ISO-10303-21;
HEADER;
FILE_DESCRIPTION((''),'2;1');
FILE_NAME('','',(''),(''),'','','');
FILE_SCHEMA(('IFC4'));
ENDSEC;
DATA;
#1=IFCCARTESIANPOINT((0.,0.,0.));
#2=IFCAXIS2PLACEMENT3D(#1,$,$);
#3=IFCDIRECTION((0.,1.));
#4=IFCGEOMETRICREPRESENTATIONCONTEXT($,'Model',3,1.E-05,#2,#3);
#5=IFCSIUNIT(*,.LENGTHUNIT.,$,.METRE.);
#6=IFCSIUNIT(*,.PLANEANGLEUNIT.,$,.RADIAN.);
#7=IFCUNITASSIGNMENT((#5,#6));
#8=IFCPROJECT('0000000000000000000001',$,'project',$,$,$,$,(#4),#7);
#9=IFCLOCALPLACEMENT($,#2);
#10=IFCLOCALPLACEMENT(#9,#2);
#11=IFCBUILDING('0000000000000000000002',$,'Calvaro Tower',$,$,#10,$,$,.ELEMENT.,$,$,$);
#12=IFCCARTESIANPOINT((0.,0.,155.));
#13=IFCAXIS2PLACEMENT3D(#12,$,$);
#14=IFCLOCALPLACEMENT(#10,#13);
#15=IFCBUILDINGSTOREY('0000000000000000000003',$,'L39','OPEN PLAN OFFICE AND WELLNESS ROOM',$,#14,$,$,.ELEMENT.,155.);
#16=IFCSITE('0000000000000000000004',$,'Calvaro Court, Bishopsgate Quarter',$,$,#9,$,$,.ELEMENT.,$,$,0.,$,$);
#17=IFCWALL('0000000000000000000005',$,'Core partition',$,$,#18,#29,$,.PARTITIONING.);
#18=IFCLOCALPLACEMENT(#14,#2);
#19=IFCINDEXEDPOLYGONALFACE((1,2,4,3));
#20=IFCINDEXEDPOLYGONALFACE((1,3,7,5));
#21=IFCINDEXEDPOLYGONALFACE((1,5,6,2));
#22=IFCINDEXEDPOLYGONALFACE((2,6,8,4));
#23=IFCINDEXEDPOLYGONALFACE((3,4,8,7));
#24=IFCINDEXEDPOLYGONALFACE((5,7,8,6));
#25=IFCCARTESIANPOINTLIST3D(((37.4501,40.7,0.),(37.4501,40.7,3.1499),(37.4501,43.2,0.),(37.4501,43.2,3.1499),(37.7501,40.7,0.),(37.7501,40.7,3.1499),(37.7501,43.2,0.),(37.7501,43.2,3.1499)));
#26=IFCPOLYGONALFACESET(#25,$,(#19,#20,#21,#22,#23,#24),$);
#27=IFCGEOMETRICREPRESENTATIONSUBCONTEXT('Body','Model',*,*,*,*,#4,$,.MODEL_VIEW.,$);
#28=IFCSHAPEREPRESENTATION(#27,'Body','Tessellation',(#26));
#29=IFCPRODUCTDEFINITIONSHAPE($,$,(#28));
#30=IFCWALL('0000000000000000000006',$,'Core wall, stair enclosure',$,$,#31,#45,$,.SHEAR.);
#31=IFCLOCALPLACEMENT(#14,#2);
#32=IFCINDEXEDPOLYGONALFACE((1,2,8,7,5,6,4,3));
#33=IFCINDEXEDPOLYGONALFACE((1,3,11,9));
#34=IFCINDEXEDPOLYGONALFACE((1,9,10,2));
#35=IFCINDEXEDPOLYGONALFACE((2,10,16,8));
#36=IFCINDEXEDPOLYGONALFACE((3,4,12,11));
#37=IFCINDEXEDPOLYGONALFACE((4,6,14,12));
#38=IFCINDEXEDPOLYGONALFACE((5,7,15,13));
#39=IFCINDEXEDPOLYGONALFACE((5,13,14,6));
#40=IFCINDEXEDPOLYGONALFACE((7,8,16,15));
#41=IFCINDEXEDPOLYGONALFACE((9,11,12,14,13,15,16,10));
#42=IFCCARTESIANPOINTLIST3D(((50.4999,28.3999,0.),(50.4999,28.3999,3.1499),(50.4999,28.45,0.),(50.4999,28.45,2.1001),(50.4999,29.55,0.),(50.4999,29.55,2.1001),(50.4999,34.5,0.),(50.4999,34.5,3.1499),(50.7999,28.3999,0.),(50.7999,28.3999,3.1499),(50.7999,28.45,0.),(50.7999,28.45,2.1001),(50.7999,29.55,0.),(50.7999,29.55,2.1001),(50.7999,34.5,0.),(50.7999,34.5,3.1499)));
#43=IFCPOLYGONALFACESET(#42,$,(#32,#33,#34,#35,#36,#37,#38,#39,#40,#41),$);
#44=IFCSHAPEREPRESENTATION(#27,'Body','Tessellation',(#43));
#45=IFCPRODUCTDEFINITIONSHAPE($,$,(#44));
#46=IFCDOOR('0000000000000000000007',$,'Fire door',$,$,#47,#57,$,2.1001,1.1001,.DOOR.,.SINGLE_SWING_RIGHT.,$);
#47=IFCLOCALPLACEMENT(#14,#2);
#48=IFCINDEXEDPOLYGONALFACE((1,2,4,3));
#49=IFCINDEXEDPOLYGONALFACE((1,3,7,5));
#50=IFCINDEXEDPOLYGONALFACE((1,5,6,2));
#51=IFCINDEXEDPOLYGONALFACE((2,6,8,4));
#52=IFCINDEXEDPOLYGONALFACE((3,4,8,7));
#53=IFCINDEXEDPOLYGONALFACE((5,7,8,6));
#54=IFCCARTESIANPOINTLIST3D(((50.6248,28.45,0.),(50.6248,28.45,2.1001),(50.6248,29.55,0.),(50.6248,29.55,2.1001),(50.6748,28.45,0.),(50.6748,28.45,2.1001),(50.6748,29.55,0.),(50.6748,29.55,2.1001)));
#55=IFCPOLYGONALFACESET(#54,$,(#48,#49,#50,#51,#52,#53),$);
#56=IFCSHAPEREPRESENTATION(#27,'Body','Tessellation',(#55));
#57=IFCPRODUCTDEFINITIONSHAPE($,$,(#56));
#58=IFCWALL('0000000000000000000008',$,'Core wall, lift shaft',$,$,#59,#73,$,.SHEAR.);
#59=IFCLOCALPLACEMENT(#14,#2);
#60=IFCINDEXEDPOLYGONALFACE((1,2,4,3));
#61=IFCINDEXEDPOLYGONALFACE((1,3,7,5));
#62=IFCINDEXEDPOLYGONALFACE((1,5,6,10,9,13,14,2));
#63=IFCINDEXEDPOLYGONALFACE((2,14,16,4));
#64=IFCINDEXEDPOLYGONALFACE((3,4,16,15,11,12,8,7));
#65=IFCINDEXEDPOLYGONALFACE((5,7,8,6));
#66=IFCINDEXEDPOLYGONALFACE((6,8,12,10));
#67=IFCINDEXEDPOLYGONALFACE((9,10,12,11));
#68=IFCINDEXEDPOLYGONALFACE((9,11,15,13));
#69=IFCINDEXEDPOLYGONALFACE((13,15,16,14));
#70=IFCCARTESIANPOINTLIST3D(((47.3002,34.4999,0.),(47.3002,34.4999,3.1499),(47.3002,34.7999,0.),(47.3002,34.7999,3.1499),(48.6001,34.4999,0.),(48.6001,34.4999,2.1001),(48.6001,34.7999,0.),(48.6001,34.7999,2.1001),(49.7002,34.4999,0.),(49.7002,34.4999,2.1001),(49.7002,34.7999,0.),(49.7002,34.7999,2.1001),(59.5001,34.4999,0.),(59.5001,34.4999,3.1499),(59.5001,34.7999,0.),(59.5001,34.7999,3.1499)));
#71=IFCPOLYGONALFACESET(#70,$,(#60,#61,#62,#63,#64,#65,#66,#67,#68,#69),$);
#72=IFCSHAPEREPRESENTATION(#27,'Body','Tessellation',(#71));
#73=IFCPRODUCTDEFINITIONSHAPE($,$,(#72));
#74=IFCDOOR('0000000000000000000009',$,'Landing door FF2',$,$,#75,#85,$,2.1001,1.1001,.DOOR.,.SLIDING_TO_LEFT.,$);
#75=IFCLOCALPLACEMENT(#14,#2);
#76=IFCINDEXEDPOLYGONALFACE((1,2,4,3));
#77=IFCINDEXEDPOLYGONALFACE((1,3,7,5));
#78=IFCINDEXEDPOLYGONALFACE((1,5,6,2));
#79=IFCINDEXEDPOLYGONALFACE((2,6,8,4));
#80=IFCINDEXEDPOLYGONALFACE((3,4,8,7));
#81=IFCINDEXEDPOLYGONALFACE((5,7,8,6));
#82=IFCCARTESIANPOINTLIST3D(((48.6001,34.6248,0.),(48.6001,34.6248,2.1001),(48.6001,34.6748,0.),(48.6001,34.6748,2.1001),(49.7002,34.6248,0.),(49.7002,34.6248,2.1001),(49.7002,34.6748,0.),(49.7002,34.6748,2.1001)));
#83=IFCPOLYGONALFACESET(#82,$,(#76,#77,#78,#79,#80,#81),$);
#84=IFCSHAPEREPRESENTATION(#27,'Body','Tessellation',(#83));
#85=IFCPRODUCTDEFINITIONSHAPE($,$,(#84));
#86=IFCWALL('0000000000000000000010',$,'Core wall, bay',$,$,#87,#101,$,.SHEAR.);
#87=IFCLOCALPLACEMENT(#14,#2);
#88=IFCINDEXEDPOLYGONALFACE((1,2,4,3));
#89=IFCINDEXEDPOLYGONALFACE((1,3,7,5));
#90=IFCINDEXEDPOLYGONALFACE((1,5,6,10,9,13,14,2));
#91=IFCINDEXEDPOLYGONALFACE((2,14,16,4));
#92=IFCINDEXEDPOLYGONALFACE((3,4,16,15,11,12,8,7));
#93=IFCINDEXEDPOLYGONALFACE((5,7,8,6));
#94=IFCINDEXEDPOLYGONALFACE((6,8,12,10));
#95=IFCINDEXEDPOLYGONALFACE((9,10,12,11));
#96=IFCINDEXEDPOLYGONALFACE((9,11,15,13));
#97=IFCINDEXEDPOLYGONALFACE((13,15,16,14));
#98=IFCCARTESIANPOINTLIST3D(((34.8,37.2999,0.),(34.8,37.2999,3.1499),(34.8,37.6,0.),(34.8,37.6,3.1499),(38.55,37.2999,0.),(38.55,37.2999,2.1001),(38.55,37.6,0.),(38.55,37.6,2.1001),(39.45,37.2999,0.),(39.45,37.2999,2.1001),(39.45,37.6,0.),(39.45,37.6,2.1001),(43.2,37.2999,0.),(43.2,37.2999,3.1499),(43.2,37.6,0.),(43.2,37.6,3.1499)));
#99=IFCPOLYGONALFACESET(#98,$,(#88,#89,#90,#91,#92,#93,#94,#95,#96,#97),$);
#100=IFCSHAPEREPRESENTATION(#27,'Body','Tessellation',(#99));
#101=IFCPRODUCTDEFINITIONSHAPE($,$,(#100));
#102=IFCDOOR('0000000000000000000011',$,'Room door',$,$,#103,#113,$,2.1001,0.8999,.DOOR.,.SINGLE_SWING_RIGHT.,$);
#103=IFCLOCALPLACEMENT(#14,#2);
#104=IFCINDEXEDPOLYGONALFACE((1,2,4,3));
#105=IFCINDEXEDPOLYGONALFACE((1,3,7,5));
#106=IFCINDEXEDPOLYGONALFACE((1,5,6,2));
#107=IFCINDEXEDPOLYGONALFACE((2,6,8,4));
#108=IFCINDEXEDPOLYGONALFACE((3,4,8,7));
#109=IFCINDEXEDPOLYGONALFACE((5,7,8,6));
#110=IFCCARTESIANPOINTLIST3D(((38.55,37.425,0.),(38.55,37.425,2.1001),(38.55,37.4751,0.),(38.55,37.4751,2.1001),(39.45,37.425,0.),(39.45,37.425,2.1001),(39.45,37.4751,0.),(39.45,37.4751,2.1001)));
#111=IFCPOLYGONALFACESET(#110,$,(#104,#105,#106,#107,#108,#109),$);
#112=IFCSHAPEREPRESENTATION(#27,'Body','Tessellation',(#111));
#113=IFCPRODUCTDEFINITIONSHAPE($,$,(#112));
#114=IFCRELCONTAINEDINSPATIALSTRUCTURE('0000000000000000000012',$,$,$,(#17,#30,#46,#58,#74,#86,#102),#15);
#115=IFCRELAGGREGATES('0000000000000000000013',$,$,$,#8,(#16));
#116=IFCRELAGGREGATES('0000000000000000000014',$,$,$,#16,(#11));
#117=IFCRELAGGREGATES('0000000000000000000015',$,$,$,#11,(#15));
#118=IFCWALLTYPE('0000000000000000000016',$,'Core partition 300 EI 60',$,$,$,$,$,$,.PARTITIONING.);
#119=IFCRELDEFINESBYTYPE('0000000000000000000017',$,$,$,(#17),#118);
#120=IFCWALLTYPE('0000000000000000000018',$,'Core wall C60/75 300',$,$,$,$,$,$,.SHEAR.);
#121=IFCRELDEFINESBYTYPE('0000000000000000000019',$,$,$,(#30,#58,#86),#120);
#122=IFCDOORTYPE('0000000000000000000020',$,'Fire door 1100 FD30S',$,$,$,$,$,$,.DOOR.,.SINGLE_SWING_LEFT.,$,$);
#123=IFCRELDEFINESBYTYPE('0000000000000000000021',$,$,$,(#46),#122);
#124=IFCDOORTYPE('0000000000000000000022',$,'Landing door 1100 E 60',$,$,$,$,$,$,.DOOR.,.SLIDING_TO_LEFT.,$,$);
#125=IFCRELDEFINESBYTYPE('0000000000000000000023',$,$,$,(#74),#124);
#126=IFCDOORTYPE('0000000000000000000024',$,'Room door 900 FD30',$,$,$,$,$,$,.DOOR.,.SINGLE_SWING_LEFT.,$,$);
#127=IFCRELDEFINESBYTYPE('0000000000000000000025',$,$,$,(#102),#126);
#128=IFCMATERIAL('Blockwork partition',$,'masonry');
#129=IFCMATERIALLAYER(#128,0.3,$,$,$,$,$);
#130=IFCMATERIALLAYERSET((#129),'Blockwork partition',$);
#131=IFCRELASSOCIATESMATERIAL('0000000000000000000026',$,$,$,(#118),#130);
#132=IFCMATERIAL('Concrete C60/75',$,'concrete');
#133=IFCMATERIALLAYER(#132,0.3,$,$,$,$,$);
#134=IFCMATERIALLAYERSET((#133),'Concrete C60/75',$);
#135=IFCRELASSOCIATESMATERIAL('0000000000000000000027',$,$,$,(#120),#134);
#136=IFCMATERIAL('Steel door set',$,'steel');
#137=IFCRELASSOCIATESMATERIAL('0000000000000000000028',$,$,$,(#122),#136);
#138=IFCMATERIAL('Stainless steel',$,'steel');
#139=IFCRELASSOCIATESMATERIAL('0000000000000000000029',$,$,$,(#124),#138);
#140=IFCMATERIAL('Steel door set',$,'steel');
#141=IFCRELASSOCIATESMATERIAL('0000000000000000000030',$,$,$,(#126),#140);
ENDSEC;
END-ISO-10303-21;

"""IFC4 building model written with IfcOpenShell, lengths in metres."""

from ifc_helpers import new_model, si_unit, direction, frame, frame_2d, origin, place, context, subcontext, project, spatial, rectangle, extrude, material, layer, layer_set, type_object, element, fill, save


model = new_model("IFC4")

# Units and contexts
model_context = context("Model", 3, precision=1e-05, world=origin(), true_north=direction((0.0, 1.0)))
body_context = subcontext(model_context, "Body", "Model", "MODEL_VIEW")
ifc_project = project(units=[si_unit("LENGTHUNIT", "METRE"), si_unit("PLANEANGLEUNIT", "RADIAN")], contexts=[model_context])

# Site, building, storey
site_placement = place(None, origin())
site = spatial("IfcSite", under=ifc_project, at=site_placement, Name="Calvaro Court, Bishopsgate Quarter", CompositionType="ELEMENT", RefElevation=0.0)
building_placement = place(site_placement, origin())
building = spatial("IfcBuilding", under=site, at=building_placement, Name="Calvaro Tower", CompositionType="ELEMENT")
storey_placement = place(building_placement, frame((0.0, 0.0, 155.0)))
storey = spatial("IfcBuildingStorey", under=building, at=storey_placement, Name="L39", Description="OPEN PLAN OFFICE AND WELLNESS ROOM", CompositionType="ELEMENT", Elevation=155.0)

# Wall
ifc_material_1 = material(Name="Blockwork partition", Category="masonry")
ifc_layer_1 = layer(ifc_material_1, 0.3)
ifc_layer_set_1 = layer_set([ifc_layer_1], Name="Blockwork partition")
wall_type_1 = type_object("IfcWallType", Name="Core partition 300 EI 60", PredefinedType="PARTITIONING", material=ifc_layer_set_1)
wall_1_placement = place(storey_placement, frame((37.6001, 40.7, 0.0), z_axis=(0.0, 0.0, 1.0), x_axis=(0.0, 1.0, 0.0)))
element("IfcWall", 1, at=wall_1_placement, inside=storey, type_object=wall_type_1, Name="Core partition", PredefinedType="PARTITIONING", context=body_context, shape_type="SweptSolid", body=[
    extrude(rectangle(XDim=2.5, YDim=0.3, at=frame_2d((1.25, 0.0))), origin(), (0.0, 0.0, 1.0), 3.1499),
])

# Walls, openings, doors
ifc_material_2 = material(Name="Concrete C60/75", Category="concrete")
ifc_layer_2 = layer(ifc_material_2, 0.3)
ifc_layer_set_2 = layer_set([ifc_layer_2], Name="Concrete C60/75")
wall_type_2 = type_object("IfcWallType", Name="Core wall C60/75 300", PredefinedType="SHEAR", material=ifc_layer_set_2)
wall_2_placement = place(storey_placement, frame((50.6499, 34.5, 0.0), z_axis=(0.0, 0.0, 1.0), x_axis=(0.0, -1.0, 0.0)))
wall_2 = element("IfcWall", 2, at=wall_2_placement, inside=storey, type_object=wall_type_2, Name="Core wall, stair enclosure", PredefinedType="SHEAR", context=body_context, shape_type="SweptSolid", body=[
    extrude(rectangle(XDim=6.1001, YDim=0.3, at=frame_2d((3.05, 0.0))), origin(), (0.0, 0.0, 1.0), 3.1499),
])
opening_1_placement = place(wall_2_placement, frame((4.95, 0.0, 0.0)))
opening_1 = element("IfcOpeningElement", 3, at=opening_1_placement, cuts=wall_2, PredefinedType="OPENING", context=body_context, shape_type="SweptSolid", body=[
    extrude(rectangle(XDim=1.1001, YDim=2.1001, at=frame_2d((0.55, 1.05))), frame((0.0, 0.1599, 0.0), z_axis=(0.0, -1.0, 0.0), x_axis=(1.0, 0.0, 0.0)), (0.0, 0.0, 1.0), 0.3201),
])
ifc_material_3 = material(Name="Steel door set", Category="steel")
door_type_1 = type_object("IfcDoorType", Name="Fire door 1100 FD30S", OperationType="SINGLE_SWING_LEFT", PredefinedType="DOOR", material=ifc_material_3)
door_1_placement = place(opening_1_placement, origin())
door_1 = element("IfcDoor", 4, at=door_1_placement, inside=storey, type_object=door_type_1, Name="Fire door", OperationType="SINGLE_SWING_RIGHT", OverallHeight=2.1001, OverallWidth=1.1001, PredefinedType="DOOR", context=body_context, shape_type="SweptSolid", body=[
    extrude(rectangle(XDim=1.1001, YDim=2.1001, at=frame_2d((0.55, 1.05))), frame((0.0, 0.0249, 0.0), z_axis=(0.0, -1.0, 0.0), x_axis=(1.0, 0.0, 0.0)), (0.0, 0.0, 1.0), 0.05),
])
fill(opening_1, door_1)
wall_3_placement = place(storey_placement, frame((47.3, 34.6499, 0.0), z_axis=(0.0, 0.0, 1.0), x_axis=(1.0, 0.0, 0.0)))
wall_3 = element("IfcWall", 5, at=wall_3_placement, inside=storey, type_object=wall_type_2, Name="Core wall, lift shaft", PredefinedType="SHEAR", context=body_context, shape_type="SweptSolid", body=[
    extrude(rectangle(XDim=12.2, YDim=0.3, at=frame_2d((6.1001, 0.0))), origin(), (0.0, 0.0, 1.0), 3.1499),
])
opening_2_placement = place(wall_3_placement, frame((1.3, 0.0, 0.0)))
opening_2 = element("IfcOpeningElement", 6, at=opening_2_placement, cuts=wall_3, PredefinedType="OPENING", context=body_context, shape_type="SweptSolid", body=[
    extrude(rectangle(XDim=1.1001, YDim=2.1001, at=frame_2d((0.55, 1.05))), frame((0.0, 0.1599, 0.0), z_axis=(0.0, -1.0, 0.0), x_axis=(1.0, 0.0, 0.0)), (0.0, 0.0, 1.0), 0.3201),
])
ifc_material_4 = material(Name="Stainless steel", Category="steel")
door_type_2 = type_object("IfcDoorType", Name="Landing door 1100 E 60", OperationType="SLIDING_TO_LEFT", PredefinedType="DOOR", material=ifc_material_4)
door_2_placement = place(opening_2_placement, origin())
door_2 = element("IfcDoor", 7, at=door_2_placement, inside=storey, type_object=door_type_2, Name="Landing door FF2", OperationType="SLIDING_TO_LEFT", OverallHeight=2.1001, OverallWidth=1.1001, PredefinedType="DOOR", context=body_context, shape_type="SweptSolid", body=[
    extrude(rectangle(XDim=1.1001, YDim=2.1001, at=frame_2d((0.55, 1.05))), frame((0.0, 0.0249, 0.0), z_axis=(0.0, -1.0, 0.0), x_axis=(1.0, 0.0, 0.0)), (0.0, 0.0, 1.0), 0.05),
])
fill(opening_2, door_2)
wall_4_placement = place(storey_placement, frame((43.2, 37.45, 0.0), z_axis=(0.0, 0.0, 1.0), x_axis=(-1.0, 0.0, 0.0)))
wall_4 = element("IfcWall", 8, at=wall_4_placement, inside=storey, type_object=wall_type_2, Name="Core wall, bay", PredefinedType="SHEAR", context=body_context, shape_type="SweptSolid", body=[
    extrude(rectangle(XDim=8.3999, YDim=0.3, at=frame_2d((4.2, 0.0))), origin(), (0.0, 0.0, 1.0), 3.1499),
])
opening_3_placement = place(wall_4_placement, frame((3.75, 0.0, 0.0)))
opening_3 = element("IfcOpeningElement", 9, at=opening_3_placement, cuts=wall_4, PredefinedType="OPENING", context=body_context, shape_type="SweptSolid", body=[
    extrude(rectangle(XDim=0.8999, YDim=2.1001, at=frame_2d((0.45, 1.05))), frame((0.0, 0.1599, 0.0), z_axis=(0.0, -1.0, 0.0), x_axis=(1.0, 0.0, 0.0)), (0.0, 0.0, 1.0), 0.3201),
])
ifc_material_5 = material(Name="Steel door set", Category="steel")
door_type_3 = type_object("IfcDoorType", Name="Room door 900 FD30", OperationType="SINGLE_SWING_LEFT", PredefinedType="DOOR", material=ifc_material_5)
door_3_placement = place(opening_3_placement, origin())
door_3 = element("IfcDoor", 10, at=door_3_placement, inside=storey, type_object=door_type_3, Name="Room door", OperationType="SINGLE_SWING_RIGHT", OverallHeight=2.1001, OverallWidth=0.8999, PredefinedType="DOOR", context=body_context, shape_type="SweptSolid", body=[
    extrude(rectangle(XDim=0.8999, YDim=2.1001, at=frame_2d((0.45, 1.05))), frame((0.0, 0.0249, 0.0), z_axis=(0.0, -1.0, 0.0), x_axis=(1.0, 0.0, 0.0)), (0.0, 0.0, 1.0), 0.05),
])
fill(opening_3, door_3)

save(model, "model.ifc")
